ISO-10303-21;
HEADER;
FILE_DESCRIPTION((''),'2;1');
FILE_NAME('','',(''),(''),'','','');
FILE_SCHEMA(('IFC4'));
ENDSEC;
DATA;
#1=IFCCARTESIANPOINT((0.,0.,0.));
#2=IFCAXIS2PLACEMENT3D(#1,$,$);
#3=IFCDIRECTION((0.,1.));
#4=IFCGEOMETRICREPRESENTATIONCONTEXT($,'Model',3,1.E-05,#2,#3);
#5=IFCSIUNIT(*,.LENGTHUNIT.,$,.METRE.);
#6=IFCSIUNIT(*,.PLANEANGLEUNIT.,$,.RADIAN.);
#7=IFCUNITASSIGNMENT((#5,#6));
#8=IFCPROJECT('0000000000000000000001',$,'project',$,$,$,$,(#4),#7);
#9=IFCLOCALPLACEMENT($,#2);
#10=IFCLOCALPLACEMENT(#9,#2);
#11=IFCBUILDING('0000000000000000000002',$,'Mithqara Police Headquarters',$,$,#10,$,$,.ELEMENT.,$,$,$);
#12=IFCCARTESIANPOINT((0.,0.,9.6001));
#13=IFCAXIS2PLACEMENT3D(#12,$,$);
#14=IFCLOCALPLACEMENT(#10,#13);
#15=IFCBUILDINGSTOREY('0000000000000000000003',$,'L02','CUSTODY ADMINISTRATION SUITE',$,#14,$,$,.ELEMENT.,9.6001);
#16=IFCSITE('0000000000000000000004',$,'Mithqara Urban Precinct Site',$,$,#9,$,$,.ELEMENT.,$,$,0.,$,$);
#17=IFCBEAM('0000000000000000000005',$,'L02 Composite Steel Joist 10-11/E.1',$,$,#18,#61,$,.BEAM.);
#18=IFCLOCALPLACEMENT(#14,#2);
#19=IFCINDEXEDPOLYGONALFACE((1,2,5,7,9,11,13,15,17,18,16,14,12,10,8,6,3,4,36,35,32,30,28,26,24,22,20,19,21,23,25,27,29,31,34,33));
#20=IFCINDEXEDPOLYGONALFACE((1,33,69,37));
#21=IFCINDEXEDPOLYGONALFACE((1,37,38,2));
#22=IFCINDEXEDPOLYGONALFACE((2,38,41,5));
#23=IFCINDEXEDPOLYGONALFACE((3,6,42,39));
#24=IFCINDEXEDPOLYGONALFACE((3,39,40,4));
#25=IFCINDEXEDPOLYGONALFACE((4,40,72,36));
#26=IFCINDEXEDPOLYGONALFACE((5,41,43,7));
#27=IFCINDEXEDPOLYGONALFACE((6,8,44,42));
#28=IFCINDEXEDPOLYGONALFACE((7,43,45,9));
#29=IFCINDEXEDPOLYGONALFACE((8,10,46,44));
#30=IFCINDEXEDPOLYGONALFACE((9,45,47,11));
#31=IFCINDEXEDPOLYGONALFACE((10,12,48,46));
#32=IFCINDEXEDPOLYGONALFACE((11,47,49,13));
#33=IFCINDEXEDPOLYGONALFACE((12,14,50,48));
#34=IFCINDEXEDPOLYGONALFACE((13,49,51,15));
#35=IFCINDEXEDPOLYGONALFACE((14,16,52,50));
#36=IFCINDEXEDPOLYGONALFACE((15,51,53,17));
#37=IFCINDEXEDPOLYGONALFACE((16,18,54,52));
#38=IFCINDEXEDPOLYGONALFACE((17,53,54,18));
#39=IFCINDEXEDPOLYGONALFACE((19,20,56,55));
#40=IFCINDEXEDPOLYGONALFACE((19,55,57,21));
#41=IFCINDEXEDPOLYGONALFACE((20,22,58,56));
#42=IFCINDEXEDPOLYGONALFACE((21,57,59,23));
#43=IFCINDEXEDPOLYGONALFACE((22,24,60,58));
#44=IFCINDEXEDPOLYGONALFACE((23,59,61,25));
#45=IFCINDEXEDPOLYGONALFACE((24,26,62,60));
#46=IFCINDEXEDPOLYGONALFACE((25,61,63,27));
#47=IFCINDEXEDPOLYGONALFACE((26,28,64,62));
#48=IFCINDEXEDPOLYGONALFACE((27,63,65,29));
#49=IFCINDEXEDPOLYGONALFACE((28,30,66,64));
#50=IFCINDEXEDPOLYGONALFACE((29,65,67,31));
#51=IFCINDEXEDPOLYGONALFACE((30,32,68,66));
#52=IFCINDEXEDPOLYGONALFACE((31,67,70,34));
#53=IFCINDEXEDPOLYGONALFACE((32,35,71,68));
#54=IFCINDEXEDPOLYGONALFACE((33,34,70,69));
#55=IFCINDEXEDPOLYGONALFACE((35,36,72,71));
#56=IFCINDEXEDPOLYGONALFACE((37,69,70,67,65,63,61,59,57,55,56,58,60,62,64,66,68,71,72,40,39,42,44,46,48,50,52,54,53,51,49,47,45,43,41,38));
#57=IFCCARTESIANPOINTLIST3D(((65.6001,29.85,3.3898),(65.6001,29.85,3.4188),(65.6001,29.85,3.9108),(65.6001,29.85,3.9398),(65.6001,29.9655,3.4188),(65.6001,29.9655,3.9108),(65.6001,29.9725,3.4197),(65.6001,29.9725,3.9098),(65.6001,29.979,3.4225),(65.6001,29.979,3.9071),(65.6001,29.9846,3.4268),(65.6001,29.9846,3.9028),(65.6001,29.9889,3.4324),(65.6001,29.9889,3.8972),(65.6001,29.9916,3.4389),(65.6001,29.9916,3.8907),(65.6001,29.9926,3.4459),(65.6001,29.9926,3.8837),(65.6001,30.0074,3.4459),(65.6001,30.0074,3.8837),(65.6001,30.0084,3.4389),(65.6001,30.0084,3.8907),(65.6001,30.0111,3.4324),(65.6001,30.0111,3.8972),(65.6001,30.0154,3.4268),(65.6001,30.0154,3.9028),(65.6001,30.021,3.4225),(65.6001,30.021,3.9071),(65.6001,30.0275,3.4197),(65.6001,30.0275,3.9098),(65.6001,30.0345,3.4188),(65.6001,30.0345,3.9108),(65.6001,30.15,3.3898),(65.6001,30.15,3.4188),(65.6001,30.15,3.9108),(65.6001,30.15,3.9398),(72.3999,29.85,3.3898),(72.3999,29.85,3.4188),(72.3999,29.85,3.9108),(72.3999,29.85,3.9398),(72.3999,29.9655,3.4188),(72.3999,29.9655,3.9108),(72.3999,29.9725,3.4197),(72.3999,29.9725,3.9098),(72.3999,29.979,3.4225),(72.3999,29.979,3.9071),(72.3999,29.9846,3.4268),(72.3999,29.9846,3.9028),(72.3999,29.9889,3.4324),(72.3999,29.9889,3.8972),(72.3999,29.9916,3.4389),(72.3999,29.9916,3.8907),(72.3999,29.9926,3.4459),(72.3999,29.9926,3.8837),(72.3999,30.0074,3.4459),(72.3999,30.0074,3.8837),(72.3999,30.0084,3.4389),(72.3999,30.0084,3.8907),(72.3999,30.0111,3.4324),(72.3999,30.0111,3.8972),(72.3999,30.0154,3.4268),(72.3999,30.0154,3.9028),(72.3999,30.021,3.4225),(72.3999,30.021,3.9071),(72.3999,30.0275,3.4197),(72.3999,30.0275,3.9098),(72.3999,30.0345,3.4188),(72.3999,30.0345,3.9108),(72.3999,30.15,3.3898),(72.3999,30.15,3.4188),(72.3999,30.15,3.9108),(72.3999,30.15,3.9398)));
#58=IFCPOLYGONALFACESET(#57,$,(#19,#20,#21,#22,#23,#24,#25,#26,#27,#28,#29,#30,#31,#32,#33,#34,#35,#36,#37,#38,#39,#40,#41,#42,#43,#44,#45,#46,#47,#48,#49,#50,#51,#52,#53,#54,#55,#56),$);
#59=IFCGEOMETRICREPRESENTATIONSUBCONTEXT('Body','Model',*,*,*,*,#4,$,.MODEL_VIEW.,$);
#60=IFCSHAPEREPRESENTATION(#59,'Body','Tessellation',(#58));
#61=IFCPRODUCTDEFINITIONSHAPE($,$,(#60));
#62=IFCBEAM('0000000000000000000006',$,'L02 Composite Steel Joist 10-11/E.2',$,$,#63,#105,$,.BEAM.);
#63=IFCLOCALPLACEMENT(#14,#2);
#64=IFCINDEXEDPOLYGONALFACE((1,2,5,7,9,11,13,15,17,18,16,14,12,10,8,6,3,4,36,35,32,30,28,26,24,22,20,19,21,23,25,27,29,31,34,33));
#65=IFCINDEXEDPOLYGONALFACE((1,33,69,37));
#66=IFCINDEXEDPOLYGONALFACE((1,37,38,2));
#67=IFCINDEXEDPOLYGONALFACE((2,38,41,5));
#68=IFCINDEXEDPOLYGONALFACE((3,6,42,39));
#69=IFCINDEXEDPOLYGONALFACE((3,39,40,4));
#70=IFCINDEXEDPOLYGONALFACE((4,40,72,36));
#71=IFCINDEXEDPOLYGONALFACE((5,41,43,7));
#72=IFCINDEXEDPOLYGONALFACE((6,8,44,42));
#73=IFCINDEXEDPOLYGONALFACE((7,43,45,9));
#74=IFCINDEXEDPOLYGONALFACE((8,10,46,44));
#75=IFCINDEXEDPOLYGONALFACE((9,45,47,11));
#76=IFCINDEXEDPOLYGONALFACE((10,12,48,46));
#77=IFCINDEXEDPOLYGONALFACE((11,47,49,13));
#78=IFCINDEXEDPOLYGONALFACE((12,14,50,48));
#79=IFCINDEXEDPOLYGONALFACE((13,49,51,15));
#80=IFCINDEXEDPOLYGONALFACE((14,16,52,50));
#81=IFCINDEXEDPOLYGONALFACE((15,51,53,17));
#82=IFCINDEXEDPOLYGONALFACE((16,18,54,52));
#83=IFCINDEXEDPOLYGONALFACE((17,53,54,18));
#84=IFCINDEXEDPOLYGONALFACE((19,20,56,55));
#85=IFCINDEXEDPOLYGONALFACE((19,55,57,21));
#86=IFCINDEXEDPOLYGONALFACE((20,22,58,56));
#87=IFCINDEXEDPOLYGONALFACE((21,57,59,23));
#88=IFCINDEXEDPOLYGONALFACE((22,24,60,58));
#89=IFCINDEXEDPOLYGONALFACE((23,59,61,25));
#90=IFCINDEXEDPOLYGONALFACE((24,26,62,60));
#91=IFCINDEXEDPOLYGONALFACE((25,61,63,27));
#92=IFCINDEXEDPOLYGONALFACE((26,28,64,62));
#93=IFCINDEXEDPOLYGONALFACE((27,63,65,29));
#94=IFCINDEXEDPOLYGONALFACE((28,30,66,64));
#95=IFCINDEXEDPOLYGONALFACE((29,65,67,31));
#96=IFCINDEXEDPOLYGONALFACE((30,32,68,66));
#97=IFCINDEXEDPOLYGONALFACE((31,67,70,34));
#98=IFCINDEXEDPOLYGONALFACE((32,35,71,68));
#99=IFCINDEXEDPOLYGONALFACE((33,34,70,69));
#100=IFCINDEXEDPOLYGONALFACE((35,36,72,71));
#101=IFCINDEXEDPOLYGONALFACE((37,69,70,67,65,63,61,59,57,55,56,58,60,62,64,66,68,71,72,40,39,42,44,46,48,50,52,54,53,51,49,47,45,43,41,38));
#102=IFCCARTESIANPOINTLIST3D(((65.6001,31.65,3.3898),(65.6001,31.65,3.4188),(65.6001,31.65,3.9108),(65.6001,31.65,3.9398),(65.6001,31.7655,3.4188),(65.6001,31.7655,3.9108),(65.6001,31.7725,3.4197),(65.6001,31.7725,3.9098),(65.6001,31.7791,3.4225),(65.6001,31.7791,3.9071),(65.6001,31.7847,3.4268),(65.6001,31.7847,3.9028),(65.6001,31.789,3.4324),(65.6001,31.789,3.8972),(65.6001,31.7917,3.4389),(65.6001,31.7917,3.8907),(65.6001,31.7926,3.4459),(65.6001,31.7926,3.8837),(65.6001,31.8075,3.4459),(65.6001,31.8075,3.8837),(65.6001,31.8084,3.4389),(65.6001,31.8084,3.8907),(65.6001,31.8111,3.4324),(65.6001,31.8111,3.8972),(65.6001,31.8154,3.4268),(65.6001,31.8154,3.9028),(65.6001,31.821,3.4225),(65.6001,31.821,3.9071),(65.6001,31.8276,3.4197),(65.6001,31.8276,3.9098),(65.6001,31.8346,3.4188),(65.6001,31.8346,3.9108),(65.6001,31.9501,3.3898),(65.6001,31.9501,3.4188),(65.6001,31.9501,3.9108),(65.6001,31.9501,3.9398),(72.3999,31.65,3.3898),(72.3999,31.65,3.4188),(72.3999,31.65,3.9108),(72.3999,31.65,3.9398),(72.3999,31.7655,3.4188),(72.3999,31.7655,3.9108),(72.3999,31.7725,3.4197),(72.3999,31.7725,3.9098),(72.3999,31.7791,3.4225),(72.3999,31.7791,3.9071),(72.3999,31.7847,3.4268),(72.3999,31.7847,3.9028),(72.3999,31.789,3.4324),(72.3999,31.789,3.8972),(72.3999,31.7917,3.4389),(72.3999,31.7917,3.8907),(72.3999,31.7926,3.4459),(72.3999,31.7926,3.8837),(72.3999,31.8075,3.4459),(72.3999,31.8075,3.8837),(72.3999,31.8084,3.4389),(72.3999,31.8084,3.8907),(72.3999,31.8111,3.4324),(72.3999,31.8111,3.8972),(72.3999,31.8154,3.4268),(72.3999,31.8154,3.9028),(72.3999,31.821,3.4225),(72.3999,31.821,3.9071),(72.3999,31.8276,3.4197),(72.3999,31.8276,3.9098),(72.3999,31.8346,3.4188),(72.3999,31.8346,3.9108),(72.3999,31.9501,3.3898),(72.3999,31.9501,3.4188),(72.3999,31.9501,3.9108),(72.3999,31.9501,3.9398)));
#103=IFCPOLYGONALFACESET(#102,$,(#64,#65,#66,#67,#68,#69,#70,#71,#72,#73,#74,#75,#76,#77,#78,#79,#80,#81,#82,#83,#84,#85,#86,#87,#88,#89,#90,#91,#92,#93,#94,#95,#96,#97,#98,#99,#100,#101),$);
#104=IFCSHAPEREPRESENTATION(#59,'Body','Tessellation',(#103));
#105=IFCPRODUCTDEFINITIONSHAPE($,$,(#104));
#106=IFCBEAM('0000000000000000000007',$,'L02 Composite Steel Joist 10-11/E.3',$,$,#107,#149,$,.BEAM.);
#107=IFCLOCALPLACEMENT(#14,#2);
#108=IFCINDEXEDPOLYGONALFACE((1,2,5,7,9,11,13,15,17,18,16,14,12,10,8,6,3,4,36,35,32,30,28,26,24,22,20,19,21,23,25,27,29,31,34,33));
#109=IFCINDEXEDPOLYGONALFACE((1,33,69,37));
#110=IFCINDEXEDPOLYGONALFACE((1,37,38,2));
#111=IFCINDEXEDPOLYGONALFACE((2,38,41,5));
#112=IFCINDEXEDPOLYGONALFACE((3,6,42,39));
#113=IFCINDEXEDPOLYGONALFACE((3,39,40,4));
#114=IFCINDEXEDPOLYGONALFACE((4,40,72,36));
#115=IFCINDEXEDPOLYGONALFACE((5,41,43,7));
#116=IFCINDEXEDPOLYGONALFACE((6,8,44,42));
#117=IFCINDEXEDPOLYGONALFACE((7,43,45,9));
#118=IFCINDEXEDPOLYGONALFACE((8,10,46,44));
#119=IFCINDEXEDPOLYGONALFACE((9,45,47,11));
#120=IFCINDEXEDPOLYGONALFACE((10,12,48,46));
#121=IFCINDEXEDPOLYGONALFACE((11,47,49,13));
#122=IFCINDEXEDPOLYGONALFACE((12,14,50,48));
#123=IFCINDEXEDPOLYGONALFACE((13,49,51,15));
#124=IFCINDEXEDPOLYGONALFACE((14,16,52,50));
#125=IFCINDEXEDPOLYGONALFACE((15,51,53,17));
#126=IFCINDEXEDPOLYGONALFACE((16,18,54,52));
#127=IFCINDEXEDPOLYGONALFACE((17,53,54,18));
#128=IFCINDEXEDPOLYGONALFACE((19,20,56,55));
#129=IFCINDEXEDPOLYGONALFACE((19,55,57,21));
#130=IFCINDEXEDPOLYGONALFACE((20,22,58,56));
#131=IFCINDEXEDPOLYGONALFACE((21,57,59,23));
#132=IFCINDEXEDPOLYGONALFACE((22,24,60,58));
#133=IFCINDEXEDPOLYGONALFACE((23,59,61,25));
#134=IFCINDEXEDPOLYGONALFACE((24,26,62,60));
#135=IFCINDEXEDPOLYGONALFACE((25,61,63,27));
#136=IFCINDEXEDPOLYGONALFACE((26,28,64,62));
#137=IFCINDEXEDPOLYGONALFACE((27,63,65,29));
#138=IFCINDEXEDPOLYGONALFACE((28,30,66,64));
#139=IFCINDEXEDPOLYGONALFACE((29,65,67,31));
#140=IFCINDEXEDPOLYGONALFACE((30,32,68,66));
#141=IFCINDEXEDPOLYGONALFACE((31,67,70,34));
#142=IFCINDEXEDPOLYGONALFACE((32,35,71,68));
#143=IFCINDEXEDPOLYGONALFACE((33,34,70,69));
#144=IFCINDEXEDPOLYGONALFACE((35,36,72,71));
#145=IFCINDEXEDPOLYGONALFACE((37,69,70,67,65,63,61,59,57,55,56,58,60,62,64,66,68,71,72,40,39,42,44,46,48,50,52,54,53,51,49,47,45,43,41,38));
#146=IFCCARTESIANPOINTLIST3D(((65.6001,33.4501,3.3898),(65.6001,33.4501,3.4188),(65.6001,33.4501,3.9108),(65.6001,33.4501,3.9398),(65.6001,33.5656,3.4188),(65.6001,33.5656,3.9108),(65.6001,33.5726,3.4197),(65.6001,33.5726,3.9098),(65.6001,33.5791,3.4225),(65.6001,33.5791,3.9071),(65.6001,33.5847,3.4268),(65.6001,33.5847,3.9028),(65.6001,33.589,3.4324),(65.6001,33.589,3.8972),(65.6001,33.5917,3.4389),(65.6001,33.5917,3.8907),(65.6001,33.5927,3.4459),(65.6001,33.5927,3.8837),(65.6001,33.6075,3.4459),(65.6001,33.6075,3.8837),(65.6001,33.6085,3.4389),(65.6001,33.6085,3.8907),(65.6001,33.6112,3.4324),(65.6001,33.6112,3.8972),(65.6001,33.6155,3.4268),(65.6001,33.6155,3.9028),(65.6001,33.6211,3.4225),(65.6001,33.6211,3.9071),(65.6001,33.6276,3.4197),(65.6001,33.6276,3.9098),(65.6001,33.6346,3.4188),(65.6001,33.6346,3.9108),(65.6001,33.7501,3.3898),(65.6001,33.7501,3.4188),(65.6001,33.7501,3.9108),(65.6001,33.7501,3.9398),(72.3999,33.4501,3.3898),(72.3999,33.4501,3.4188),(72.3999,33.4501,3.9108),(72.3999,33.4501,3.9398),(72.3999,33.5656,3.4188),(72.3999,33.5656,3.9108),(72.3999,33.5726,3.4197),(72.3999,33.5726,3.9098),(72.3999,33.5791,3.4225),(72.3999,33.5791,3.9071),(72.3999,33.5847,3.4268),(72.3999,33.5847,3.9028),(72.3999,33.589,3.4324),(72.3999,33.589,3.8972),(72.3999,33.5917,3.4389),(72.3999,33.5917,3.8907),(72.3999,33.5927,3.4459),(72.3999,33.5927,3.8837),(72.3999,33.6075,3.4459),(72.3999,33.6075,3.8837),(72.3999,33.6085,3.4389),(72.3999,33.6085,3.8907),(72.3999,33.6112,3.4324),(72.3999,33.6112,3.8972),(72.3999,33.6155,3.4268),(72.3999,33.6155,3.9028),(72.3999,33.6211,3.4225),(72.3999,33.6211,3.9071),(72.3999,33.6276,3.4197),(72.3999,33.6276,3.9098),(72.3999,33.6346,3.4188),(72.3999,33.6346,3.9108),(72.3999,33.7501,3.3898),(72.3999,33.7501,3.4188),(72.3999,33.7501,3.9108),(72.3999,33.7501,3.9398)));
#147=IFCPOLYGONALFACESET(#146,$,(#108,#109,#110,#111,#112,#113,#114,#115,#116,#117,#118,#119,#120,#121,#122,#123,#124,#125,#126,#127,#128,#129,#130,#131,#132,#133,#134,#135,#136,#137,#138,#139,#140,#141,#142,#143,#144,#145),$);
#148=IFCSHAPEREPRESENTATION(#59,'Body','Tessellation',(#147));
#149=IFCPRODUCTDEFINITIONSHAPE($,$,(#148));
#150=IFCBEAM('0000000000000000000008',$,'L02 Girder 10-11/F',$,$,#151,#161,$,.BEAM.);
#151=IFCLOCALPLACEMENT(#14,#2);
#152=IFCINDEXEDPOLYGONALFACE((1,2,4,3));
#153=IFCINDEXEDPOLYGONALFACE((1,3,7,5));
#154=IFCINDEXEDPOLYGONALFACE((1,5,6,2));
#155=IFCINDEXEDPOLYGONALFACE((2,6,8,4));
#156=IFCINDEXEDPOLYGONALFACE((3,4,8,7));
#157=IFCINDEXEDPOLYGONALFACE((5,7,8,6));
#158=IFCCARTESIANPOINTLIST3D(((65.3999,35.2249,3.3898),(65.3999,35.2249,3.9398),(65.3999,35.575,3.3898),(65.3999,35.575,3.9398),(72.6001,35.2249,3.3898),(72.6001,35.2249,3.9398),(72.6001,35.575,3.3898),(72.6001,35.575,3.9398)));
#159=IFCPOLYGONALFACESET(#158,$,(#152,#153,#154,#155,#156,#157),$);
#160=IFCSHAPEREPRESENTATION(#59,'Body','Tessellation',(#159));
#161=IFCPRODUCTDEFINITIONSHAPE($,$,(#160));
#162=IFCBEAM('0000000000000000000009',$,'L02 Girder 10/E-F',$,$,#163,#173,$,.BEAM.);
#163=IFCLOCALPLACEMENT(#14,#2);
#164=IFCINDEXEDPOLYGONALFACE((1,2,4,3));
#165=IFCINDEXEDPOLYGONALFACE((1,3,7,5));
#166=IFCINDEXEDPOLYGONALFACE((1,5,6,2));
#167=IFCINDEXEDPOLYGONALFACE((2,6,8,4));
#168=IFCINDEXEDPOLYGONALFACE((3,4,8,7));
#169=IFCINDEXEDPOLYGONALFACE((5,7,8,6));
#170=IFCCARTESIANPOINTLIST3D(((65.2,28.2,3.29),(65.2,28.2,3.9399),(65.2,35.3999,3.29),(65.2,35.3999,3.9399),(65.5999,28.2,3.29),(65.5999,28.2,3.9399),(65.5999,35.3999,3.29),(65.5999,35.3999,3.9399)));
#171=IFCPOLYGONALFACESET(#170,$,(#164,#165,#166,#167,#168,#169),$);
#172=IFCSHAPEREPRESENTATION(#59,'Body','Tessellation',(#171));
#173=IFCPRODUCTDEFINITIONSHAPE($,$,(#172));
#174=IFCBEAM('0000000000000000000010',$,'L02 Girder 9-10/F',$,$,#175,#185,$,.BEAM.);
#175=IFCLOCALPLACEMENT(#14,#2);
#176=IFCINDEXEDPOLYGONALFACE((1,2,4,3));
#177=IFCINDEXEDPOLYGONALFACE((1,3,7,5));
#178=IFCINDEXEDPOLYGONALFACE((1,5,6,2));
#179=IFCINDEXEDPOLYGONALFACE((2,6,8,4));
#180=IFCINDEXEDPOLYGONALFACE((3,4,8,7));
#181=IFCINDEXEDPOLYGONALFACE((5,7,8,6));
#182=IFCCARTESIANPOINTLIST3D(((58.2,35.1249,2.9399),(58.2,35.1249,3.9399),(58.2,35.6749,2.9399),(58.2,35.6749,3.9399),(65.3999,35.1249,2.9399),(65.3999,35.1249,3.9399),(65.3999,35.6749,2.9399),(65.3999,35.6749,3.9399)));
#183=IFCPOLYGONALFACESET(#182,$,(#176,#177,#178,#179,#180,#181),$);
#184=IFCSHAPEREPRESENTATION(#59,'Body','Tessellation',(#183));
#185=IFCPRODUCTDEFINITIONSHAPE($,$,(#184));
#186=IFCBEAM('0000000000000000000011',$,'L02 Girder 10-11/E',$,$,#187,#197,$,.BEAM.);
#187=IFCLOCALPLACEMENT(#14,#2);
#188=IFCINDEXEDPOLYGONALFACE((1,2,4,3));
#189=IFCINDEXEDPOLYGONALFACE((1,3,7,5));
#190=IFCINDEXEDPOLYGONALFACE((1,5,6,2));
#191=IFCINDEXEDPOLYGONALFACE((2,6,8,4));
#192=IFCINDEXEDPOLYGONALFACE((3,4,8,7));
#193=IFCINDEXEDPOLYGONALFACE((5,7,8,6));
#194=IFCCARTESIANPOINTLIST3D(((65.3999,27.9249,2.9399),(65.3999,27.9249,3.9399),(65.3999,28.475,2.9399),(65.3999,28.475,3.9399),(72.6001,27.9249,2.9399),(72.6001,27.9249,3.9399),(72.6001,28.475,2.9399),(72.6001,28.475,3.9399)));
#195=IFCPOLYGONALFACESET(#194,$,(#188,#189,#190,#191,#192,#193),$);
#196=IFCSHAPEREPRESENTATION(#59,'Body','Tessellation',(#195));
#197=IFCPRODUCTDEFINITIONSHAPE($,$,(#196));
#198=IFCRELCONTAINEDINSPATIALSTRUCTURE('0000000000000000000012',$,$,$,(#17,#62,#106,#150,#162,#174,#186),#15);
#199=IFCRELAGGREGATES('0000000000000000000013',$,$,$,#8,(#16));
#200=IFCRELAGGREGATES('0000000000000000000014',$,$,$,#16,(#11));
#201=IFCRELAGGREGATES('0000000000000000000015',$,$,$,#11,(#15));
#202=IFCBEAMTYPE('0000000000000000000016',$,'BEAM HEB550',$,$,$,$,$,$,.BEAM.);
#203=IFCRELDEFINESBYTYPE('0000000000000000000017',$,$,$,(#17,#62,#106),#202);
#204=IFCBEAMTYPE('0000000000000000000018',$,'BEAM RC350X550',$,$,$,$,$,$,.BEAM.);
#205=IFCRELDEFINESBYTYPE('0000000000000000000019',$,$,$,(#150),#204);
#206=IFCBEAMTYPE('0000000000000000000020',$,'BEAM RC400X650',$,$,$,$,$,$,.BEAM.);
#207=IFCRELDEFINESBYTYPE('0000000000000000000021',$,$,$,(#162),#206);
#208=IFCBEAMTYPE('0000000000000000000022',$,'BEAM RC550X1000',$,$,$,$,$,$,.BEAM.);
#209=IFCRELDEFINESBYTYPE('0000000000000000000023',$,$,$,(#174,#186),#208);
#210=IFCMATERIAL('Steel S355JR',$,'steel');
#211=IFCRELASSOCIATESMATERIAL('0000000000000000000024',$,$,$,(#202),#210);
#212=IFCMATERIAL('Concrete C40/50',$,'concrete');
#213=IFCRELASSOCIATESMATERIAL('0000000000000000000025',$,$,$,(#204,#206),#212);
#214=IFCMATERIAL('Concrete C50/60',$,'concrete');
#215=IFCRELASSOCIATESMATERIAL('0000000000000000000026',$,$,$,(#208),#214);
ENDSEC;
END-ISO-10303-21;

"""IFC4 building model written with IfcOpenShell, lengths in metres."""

from ifc_helpers import new_model, si_unit, direction, frame, origin, origin_2d, place, context, subcontext, project, spatial, rectangle, i_section, extrude, material, material_profile, profile_set, type_object, element, save


model = new_model("IFC4")

# Units and contexts
model_context = context("Model", 3, precision=1e-05, world=origin(), true_north=direction((0.0, 1.0)))
body_context = subcontext(model_context, "Body", "Model", "MODEL_VIEW")
ifc_project = project(units=[si_unit("LENGTHUNIT", "METRE"), si_unit("PLANEANGLEUNIT", "RADIAN")], contexts=[model_context])

# Site, building, storey
site_placement = place(None, origin())
site = spatial("IfcSite", under=ifc_project, at=site_placement, Name="Mithqara Urban Precinct Site", CompositionType="ELEMENT", RefElevation=0.0)
building_placement = place(site_placement, origin())
building = spatial("IfcBuilding", under=site, at=building_placement, Name="Mithqara Police Headquarters", CompositionType="ELEMENT")
storey_placement = place(building_placement, frame((0.0, 0.0, 9.6001)))
storey = spatial("IfcBuildingStorey", under=building, at=storey_placement, Name="L02", Description="CUSTODY ADMINISTRATION SUITE", CompositionType="ELEMENT", Elevation=9.6001)

# Shared definitions
ifc_material_1 = material(Name="Concrete C50/60", Category="concrete")

# Beams
ifc_material_2 = material(Name="Steel S355JR", Category="steel")
ifc_material_profile_1 = material_profile(ifc_material_2, i_section(OverallWidth=0.3, OverallDepth=0.55, WebThickness=0.0149, FlangeThickness=0.0291, FilletRadius=0.0271, at=origin_2d()), Name="HEB 550")
ifc_profile_set_1 = profile_set([ifc_material_profile_1], Name="Steel S355JR")
beam_type_1 = type_object("IfcBeamType", Name="BEAM HEB550", PredefinedType="BEAM", material=ifc_profile_set_1)
for number, where, z_axis, x_axis, name in (
    (1, (65.6001, 30.0, 3.6648), (1.0, 0.0, 0.0), (0.0, 1.0, 0.0), "L02 Composite Steel Joist 10-11/E.1"),
    (2, (65.6001, 31.8, 3.6648), (1.0, 0.0, 0.0), (0.0, 1.0, 0.0), "L02 Composite Steel Joist 10-11/E.2"),
    (3, (65.6001, 33.6001, 3.6648), (1.0, 0.0, 0.0), (0.0, 1.0, 0.0), "L02 Composite Steel Joist 10-11/E.3"),
):
    element("IfcBeam", number, at=place(storey_placement, frame(where, z_axis=z_axis, x_axis=x_axis)), inside=storey, type_object=beam_type_1, Name=name, PredefinedType="BEAM", context=body_context, shape_type="SweptSolid", body=[
        extrude(i_section(OverallWidth=0.3, OverallDepth=0.55, WebThickness=0.0149, FlangeThickness=0.0291, FilletRadius=0.0271, at=origin_2d()), origin(), (0.0, 0.0, 1.0), 6.7998),
    ])
ifc_material_3 = material(Name="Concrete C40/50", Category="concrete")
ifc_material_profile_2 = material_profile(ifc_material_3, rectangle(XDim=0.3501, YDim=0.55, at=origin_2d()), Name="RC 350x550")
ifc_profile_set_2 = profile_set([ifc_material_profile_2], Name="Concrete C40/50")
beam_type_2 = type_object("IfcBeamType", Name="BEAM RC350X550", PredefinedType="BEAM", material=ifc_profile_set_2)
beam_1_placement = place(storey_placement, frame((65.3999, 35.3999, 3.6648), z_axis=(1.0, 0.0, 0.0), x_axis=(0.0, 1.0, 0.0)))
element("IfcBeam", 4, at=beam_1_placement, inside=storey, type_object=beam_type_2, Name="L02 Girder 10-11/F", PredefinedType="BEAM", context=body_context, shape_type="SweptSolid", body=[
    extrude(rectangle(XDim=0.3501, YDim=0.55, at=origin_2d()), origin(), (0.0, 0.0, 1.0), 7.2002),
])
ifc_material_profile_3 = material_profile(ifc_material_3, rectangle(XDim=0.3999, YDim=0.6499, at=origin_2d()), Name="RC 400x650")
ifc_profile_set_3 = profile_set([ifc_material_profile_3], Name="Concrete C40/50")
beam_type_3 = type_object("IfcBeamType", Name="BEAM RC400X650", PredefinedType="BEAM", material=ifc_profile_set_3)
beam_2_placement = place(storey_placement, frame((65.3999, 28.2, 3.615), z_axis=(0.0, 1.0, 0.0), x_axis=(-1.0, 0.0, 0.0)))
element("IfcBeam", 5, at=beam_2_placement, inside=storey, type_object=beam_type_3, Name="L02 Girder 10/E-F", PredefinedType="BEAM", context=body_context, shape_type="SweptSolid", body=[
    extrude(rectangle(XDim=0.3999, YDim=0.6499, at=origin_2d()), origin(), (0.0, 0.0, 1.0), 7.2),
])
ifc_material_profile_4 = material_profile(ifc_material_1, rectangle(XDim=0.55, YDim=1.0, at=origin_2d()), Name="RC 550x1000")
ifc_profile_set_4 = profile_set([ifc_material_profile_4], Name="Concrete C50/60")
beam_type_4 = type_object("IfcBeamType", Name="BEAM RC550X1000", PredefinedType="BEAM", material=ifc_profile_set_4)
beam_3_placement = place(storey_placement, frame((58.2, 35.3999, 3.4399), z_axis=(1.0, 0.0, 0.0), x_axis=(0.0, 1.0, 0.0)))
element("IfcBeam", 6, at=beam_3_placement, inside=storey, type_object=beam_type_4, Name="L02 Girder 9-10/F", PredefinedType="BEAM", context=body_context, shape_type="SweptSolid", body=[
    extrude(rectangle(XDim=0.55, YDim=1.0, at=origin_2d()), origin(), (0.0, 0.0, 1.0), 7.2),
])
beam_4_placement = place(storey_placement, frame((65.3999, 28.2, 3.4399), z_axis=(1.0, 0.0, 0.0), x_axis=(0.0, 1.0, 0.0)))
element("IfcBeam", 7, at=beam_4_placement, inside=storey, type_object=beam_type_4, Name="L02 Girder 10-11/E", PredefinedType="BEAM", context=body_context, shape_type="SweptSolid", body=[
    extrude(rectangle(XDim=0.55, YDim=1.0, at=origin_2d()), origin(), (0.0, 0.0, 1.0), 7.2002),
])

save(model, "model.ifc")
